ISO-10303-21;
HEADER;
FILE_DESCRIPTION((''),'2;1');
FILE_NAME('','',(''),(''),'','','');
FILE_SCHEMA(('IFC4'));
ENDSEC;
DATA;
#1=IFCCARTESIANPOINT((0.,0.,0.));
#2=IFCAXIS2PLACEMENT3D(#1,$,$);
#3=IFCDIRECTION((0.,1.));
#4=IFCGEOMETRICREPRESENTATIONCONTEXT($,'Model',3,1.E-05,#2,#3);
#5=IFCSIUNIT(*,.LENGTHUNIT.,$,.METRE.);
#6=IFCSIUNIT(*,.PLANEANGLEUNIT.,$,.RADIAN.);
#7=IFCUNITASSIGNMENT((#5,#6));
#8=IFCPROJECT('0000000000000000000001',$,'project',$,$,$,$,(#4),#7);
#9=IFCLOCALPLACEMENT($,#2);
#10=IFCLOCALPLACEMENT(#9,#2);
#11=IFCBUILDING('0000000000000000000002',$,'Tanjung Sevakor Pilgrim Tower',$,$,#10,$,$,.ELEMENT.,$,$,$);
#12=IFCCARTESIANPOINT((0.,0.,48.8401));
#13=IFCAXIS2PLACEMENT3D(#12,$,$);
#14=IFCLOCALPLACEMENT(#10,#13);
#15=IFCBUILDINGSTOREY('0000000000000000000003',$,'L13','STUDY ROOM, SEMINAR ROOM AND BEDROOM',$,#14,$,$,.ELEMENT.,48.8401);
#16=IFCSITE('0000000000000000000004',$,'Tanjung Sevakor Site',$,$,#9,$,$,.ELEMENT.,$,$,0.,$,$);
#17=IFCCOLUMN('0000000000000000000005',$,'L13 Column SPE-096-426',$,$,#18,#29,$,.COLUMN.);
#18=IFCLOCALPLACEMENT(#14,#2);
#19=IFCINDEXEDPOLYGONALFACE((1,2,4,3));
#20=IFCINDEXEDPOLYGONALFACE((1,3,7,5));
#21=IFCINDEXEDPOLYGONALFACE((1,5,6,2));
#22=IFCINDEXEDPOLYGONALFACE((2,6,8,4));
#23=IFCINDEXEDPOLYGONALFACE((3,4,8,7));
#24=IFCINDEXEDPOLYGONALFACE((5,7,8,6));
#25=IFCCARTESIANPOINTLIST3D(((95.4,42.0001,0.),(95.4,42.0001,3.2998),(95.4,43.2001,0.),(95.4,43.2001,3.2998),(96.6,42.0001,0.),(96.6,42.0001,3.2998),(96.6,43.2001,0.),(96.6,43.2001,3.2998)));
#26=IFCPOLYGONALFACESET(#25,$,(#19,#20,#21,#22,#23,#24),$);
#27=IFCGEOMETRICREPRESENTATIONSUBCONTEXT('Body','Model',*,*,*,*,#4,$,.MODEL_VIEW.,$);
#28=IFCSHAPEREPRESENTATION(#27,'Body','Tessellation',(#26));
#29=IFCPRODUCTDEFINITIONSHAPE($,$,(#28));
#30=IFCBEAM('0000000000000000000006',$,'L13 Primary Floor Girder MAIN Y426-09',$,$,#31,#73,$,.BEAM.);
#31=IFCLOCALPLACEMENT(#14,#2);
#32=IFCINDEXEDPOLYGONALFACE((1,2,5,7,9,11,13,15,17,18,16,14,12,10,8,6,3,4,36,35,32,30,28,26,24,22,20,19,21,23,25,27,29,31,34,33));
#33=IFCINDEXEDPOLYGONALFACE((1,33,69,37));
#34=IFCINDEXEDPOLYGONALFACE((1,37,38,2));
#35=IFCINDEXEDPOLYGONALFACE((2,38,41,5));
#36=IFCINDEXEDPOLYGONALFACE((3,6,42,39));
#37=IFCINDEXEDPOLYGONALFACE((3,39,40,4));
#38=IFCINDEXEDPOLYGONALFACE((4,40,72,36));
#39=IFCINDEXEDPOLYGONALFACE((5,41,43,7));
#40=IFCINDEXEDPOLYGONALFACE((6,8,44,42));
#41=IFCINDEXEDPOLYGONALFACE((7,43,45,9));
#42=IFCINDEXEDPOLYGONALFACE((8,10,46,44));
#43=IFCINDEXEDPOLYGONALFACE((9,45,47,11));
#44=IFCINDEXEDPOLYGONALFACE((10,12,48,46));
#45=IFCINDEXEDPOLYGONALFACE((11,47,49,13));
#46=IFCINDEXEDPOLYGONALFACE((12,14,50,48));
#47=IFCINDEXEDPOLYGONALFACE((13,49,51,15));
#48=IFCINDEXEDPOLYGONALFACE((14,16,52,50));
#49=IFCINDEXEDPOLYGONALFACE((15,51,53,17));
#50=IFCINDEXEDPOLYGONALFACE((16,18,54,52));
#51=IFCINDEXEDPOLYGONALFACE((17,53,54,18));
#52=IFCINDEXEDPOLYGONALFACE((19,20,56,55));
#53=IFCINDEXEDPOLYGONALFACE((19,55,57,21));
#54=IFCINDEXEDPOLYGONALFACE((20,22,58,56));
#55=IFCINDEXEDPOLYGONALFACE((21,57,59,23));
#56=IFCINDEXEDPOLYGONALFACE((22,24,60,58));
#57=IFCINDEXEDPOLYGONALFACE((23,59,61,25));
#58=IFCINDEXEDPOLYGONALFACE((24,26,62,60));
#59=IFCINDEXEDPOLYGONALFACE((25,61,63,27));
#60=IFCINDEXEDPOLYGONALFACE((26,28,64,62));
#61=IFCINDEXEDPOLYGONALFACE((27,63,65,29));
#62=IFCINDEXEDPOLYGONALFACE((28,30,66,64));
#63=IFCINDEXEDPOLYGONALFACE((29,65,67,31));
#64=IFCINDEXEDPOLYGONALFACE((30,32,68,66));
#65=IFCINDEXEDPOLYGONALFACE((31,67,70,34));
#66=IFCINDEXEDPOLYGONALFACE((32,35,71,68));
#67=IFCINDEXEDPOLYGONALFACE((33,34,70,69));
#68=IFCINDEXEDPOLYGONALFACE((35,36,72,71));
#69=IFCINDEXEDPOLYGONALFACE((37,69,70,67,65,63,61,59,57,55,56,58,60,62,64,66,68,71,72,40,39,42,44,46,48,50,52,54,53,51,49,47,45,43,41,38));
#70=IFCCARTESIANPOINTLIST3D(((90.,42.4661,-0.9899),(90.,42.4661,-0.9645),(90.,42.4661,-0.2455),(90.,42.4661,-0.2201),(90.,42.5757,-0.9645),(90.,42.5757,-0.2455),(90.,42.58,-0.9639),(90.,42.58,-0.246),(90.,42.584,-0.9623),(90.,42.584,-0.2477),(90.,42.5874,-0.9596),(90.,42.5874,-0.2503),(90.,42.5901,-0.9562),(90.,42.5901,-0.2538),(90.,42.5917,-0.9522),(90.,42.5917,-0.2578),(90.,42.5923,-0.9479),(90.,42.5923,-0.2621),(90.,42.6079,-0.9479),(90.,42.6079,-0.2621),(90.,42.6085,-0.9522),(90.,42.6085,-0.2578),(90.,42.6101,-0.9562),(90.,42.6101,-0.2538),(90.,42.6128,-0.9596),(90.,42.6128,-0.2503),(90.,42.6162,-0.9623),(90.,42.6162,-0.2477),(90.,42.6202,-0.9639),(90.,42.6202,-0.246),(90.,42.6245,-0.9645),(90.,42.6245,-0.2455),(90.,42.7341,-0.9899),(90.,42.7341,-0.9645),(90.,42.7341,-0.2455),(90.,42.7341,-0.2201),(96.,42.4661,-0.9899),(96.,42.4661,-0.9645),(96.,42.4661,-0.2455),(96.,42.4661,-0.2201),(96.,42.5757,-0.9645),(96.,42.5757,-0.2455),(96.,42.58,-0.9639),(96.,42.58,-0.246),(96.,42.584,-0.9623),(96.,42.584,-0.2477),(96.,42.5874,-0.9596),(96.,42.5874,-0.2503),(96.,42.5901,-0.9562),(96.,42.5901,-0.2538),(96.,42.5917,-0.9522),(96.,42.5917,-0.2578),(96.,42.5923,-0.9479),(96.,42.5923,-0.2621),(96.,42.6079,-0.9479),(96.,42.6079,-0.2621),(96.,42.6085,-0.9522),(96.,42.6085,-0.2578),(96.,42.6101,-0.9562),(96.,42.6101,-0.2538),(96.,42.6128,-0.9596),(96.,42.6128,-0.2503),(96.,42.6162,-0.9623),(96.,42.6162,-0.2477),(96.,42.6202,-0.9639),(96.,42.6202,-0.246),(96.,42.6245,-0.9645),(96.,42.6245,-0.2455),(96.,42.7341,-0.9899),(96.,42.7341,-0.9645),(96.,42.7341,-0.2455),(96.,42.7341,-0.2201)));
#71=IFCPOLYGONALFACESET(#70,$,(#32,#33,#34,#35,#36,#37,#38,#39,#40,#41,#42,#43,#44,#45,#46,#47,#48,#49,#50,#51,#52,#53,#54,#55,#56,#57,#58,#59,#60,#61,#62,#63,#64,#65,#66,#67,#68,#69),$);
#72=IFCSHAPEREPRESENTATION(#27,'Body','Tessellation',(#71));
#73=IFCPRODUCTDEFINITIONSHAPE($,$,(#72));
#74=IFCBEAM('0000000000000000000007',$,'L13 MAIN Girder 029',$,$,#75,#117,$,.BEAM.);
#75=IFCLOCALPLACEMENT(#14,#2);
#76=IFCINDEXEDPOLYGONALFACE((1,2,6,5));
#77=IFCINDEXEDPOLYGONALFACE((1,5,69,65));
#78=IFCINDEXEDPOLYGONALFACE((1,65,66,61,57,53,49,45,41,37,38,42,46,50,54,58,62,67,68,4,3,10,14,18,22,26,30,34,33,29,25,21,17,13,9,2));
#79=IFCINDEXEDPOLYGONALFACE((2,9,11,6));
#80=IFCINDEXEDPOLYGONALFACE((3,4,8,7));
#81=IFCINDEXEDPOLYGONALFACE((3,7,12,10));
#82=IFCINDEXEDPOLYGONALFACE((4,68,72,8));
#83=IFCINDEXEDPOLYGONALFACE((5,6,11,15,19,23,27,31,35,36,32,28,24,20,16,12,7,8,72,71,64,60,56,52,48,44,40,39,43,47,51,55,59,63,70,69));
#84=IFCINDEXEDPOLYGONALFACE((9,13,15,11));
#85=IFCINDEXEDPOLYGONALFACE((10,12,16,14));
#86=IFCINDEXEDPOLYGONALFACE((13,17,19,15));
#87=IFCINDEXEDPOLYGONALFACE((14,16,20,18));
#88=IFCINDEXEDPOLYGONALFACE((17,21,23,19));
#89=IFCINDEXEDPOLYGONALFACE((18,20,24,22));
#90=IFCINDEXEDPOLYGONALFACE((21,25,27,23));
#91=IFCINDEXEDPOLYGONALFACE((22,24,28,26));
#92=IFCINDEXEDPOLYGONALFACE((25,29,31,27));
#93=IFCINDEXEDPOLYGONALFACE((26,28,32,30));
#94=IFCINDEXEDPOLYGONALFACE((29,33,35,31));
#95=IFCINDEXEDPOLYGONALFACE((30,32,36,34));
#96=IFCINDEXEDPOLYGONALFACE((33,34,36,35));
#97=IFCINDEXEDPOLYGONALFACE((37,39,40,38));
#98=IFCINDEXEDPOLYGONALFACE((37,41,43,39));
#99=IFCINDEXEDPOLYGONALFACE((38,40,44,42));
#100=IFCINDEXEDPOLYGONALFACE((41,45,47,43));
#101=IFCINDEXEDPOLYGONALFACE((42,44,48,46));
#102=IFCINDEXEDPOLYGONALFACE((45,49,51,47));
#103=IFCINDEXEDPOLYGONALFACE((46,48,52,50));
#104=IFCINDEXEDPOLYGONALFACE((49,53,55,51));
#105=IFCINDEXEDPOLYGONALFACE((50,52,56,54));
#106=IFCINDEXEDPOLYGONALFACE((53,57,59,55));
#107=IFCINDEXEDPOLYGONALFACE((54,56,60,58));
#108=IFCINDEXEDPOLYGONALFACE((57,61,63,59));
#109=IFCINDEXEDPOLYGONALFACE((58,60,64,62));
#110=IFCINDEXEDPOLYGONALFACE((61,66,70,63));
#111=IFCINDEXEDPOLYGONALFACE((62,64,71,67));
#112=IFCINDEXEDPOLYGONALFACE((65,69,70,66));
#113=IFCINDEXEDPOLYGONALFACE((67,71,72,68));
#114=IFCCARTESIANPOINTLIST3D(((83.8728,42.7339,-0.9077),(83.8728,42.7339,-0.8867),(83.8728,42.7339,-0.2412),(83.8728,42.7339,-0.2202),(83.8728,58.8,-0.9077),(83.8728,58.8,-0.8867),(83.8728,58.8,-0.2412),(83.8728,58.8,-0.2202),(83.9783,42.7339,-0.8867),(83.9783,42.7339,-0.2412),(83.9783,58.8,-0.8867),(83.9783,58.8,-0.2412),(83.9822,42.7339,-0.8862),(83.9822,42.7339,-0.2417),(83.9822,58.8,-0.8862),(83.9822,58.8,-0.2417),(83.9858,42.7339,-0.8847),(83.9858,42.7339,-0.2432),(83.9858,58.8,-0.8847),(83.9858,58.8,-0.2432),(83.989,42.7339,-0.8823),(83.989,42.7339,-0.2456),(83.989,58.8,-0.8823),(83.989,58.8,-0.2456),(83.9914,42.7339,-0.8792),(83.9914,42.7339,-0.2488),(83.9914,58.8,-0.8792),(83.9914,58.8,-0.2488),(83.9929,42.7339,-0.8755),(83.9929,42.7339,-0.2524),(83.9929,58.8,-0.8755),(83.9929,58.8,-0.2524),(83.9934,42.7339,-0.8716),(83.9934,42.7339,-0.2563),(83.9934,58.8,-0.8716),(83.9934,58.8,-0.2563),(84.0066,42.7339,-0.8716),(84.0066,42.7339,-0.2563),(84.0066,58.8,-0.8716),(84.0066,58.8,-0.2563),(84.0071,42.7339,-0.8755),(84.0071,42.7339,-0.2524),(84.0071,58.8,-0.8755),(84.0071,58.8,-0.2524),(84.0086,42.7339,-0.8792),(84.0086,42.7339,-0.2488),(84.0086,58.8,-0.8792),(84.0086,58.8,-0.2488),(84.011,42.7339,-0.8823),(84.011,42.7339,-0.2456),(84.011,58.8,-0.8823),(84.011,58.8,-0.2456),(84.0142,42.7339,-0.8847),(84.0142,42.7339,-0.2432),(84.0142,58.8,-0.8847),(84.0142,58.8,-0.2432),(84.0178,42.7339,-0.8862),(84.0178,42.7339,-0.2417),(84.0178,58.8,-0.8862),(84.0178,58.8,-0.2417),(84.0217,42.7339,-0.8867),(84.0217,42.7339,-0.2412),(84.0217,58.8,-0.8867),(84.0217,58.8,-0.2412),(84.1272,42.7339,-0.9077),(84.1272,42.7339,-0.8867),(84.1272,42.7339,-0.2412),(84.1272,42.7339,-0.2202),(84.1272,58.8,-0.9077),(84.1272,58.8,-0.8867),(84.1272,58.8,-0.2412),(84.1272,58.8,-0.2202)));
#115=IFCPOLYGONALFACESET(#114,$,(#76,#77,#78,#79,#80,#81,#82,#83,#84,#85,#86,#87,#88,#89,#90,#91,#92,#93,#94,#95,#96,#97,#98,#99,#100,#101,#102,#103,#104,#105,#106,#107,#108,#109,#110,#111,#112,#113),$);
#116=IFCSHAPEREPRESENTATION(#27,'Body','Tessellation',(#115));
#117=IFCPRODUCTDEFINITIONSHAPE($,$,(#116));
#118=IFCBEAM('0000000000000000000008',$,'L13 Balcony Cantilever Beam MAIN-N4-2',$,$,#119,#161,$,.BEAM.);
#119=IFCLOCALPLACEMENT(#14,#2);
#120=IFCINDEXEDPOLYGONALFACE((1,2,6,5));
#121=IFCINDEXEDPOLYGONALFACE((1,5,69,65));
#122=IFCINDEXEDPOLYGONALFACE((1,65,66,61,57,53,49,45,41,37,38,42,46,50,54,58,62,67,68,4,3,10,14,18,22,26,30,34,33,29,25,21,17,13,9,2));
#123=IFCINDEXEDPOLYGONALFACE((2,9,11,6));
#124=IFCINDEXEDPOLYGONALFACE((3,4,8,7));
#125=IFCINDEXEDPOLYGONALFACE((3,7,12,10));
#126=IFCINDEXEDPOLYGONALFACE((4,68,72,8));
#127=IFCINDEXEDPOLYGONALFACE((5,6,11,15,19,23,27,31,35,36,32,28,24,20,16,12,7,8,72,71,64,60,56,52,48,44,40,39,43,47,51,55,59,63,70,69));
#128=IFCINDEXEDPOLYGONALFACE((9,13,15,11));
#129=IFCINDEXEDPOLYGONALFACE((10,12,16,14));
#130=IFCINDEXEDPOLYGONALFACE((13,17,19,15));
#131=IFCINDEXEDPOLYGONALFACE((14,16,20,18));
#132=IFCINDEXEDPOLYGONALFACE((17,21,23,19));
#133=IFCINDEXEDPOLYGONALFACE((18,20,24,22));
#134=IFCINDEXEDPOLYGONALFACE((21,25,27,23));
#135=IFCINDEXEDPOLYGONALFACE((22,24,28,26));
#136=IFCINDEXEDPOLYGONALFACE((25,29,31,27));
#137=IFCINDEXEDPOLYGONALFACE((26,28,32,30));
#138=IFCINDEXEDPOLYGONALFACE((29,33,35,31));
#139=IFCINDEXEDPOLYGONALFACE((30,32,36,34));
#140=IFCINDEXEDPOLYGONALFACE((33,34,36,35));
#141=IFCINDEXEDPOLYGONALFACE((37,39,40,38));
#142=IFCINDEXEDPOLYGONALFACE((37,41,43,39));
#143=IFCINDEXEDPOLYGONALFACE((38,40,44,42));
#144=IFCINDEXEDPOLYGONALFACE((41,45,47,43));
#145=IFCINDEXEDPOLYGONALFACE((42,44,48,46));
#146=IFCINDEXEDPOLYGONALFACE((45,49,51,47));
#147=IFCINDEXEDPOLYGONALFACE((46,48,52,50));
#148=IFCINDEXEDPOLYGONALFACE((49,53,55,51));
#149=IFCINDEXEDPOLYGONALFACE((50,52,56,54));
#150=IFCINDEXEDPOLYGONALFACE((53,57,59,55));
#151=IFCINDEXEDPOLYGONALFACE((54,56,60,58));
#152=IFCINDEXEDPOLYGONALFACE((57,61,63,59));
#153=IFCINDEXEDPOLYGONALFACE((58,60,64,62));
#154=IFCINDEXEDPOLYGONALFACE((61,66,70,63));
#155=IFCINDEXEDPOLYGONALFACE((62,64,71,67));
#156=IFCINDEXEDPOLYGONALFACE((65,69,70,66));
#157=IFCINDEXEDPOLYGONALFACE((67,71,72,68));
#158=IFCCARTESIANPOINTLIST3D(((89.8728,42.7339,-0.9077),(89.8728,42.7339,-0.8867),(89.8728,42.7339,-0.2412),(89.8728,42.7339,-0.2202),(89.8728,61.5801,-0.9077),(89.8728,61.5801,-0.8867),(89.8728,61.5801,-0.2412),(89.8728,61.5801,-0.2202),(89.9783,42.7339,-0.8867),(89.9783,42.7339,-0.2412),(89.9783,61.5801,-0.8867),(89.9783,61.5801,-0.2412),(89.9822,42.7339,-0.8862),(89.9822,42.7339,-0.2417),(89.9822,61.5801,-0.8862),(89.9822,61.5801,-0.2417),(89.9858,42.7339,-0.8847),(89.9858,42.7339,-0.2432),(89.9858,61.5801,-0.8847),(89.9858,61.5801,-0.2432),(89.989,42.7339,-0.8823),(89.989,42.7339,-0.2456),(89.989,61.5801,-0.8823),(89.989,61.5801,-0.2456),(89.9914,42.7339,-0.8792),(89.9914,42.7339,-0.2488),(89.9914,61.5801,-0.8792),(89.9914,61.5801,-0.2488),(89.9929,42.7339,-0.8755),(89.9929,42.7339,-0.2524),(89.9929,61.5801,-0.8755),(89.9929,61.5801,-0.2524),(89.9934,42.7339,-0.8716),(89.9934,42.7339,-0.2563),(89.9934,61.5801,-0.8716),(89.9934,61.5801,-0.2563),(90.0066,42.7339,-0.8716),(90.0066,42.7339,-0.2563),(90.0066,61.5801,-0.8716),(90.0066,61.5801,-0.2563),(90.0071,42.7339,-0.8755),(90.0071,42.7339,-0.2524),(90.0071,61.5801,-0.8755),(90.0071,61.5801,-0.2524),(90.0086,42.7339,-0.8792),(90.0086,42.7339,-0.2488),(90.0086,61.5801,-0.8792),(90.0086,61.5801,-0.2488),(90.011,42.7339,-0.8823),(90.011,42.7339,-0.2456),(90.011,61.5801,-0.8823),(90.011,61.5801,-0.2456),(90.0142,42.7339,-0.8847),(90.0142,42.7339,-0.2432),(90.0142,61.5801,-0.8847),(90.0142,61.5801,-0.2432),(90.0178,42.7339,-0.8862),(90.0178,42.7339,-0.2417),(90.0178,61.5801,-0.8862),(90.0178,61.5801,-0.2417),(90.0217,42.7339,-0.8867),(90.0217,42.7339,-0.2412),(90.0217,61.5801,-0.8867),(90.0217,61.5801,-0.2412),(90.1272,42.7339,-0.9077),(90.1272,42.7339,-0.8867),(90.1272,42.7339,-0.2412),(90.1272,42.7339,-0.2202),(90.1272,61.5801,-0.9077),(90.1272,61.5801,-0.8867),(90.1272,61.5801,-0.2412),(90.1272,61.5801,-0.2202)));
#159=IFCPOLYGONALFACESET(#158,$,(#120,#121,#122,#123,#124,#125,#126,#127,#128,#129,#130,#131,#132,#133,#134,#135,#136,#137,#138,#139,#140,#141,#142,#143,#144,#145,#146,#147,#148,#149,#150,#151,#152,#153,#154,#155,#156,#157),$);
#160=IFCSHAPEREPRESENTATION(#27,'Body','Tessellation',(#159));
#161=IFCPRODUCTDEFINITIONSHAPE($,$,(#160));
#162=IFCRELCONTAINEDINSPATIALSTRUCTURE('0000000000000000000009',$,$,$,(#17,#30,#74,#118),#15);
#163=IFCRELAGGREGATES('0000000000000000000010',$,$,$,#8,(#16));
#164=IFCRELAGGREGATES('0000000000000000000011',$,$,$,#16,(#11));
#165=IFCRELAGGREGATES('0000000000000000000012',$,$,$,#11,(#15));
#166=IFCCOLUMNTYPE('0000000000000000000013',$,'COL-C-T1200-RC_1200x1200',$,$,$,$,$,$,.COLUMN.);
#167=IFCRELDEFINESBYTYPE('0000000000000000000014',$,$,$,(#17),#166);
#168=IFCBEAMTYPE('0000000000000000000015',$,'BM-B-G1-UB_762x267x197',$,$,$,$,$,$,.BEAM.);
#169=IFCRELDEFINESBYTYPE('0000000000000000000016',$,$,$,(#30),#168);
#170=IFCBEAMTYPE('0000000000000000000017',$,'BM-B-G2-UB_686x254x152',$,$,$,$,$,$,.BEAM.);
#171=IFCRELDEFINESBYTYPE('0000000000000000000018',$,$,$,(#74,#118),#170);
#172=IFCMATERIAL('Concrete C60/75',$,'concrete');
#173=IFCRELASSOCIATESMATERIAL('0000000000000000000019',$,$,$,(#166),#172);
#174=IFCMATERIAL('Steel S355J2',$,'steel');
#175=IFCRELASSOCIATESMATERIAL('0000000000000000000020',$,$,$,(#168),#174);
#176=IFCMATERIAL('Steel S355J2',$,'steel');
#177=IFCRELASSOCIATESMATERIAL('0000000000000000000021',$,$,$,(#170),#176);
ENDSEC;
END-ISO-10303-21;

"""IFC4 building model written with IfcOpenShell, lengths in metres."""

from ifc_helpers import new_model, si_unit, direction, frame, origin, origin_2d, place, context, subcontext, project, spatial, rectangle, i_section, extrude, material, material_profile, profile_set, type_object, element, save


model = new_model("IFC4")

# Units and contexts
model_context = context("Model", 3, precision=1e-05, world=origin(), true_north=direction((0.0, 1.0)))
body_context = subcontext(model_context, "Body", "Model", "MODEL_VIEW")
ifc_project = project(units=[si_unit("LENGTHUNIT", "METRE"), si_unit("PLANEANGLEUNIT", "RADIAN")], contexts=[model_context])

# Site, building, storey
site_placement = place(None, origin())
site = spatial("IfcSite", under=ifc_project, at=site_placement, Name="Tanjung Sevakor Site", CompositionType="ELEMENT", RefElevation=0.0)
building_placement = place(site_placement, origin())
building = spatial("IfcBuilding", under=site, at=building_placement, Name="Tanjung Sevakor Pilgrim Tower", CompositionType="ELEMENT")
storey_placement = place(building_placement, frame((0.0, 0.0, 48.8401)))
storey = spatial("IfcBuildingStorey", under=building, at=storey_placement, Name="L13", Description="STUDY ROOM, SEMINAR ROOM AND BEDROOM", CompositionType="ELEMENT", Elevation=48.8401)

# Column
ifc_material_1 = material(Name="Concrete C60/75", Category="concrete")
ifc_material_profile_1 = material_profile(ifc_material_1, rectangle(XDim=1.2, YDim=1.2, at=origin_2d()))
ifc_profile_set_1 = profile_set([ifc_material_profile_1], Name="Concrete C60/75")
column_type = type_object("IfcColumnType", Name="COL-C-T1200-RC_1200x1200", PredefinedType="COLUMN", material=ifc_profile_set_1)
column_placement = place(storey_placement, frame((96.0, 42.6001, 0.0), z_axis=(0.0, 0.0, 1.0), x_axis=(1.0, 0.0, 0.0)))
element("IfcColumn", 1, at=column_placement, inside=storey, type_object=column_type, Name="L13 Column SPE-096-426", PredefinedType="COLUMN", context=body_context, shape_type="SweptSolid", body=[
    extrude(rectangle(XDim=1.2, YDim=1.2, at=origin_2d()), origin(), (0.0, 0.0, 1.0), 3.2998),
])

# Beams
ifc_material_2 = material(Name="Steel S355J2", Category="steel")
ifc_material_profile_2 = material_profile(ifc_material_2, i_section(OverallWidth=0.2681, OverallDepth=0.7698, WebThickness=0.0156, FlangeThickness=0.0254, FilletRadius=0.0166, at=origin_2d()))
ifc_profile_set_2 = profile_set([ifc_material_profile_2], Name="Steel S355J2")
beam_type_1 = type_object("IfcBeamType", Name="BM-B-G1-UB_762x267x197", PredefinedType="BEAM", material=ifc_profile_set_2)
beam_1_placement = place(storey_placement, frame((90.0, 42.6001, -0.605), z_axis=(1.0, 0.0, 0.0), x_axis=(0.0, 1.0, 0.0)))
element("IfcBeam", 2, at=beam_1_placement, inside=storey, type_object=beam_type_1, Name="L13 Primary Floor Girder MAIN Y426-09", PredefinedType="BEAM", context=body_context, shape_type="SweptSolid", body=[
    extrude(i_section(OverallWidth=0.2681, OverallDepth=0.7698, WebThickness=0.0156, FlangeThickness=0.0254, FilletRadius=0.0166, at=origin_2d()), origin(), (0.0, 0.0, 1.0), 6.0),
])
ifc_material_3 = material(Name="Steel S355J2", Category="steel")
ifc_material_profile_3 = material_profile(ifc_material_3, i_section(OverallWidth=0.2544, OverallDepth=0.6875, WebThickness=0.0132, FlangeThickness=0.021, FilletRadius=0.0151, at=origin_2d()))
ifc_profile_set_3 = profile_set([ifc_material_profile_3], Name="Steel S355J2")
beam_type_2 = type_object("IfcBeamType", Name="BM-B-G2-UB_686x254x152", PredefinedType="BEAM", material=ifc_profile_set_3)
beam_2_placement = place(storey_placement, frame((84.0, 42.7339, -0.564), z_axis=(0.0, 1.0, 0.0), x_axis=(-1.0, 0.0, 0.0)))
element("IfcBeam", 3, at=beam_2_placement, inside=storey, type_object=beam_type_2, Name="L13 MAIN Girder 029", PredefinedType="BEAM", context=body_context, shape_type="SweptSolid", body=[
    extrude(i_section(OverallWidth=0.2544, OverallDepth=0.6875, WebThickness=0.0132, FlangeThickness=0.021, FilletRadius=0.0151, at=origin_2d()), origin(), (0.0, 0.0, 1.0), 16.0662),
])
beam_3_placement = place(storey_placement, frame((90.0, 42.7339, -0.564), z_axis=(0.0, 1.0, 0.0), x_axis=(-1.0, 0.0, 0.0)))
element("IfcBeam", 4, at=beam_3_placement, inside=storey, type_object=beam_type_2, Name="L13 Balcony Cantilever Beam MAIN-N4-2", PredefinedType="BEAM", context=body_context, shape_type="SweptSolid", body=[
    extrude(i_section(OverallWidth=0.2544, OverallDepth=0.6875, WebThickness=0.0132, FlangeThickness=0.021, FilletRadius=0.0151, at=origin_2d()), origin(), (0.0, 0.0, 1.0), 18.8462),
])

save(model, "model.ifc")
